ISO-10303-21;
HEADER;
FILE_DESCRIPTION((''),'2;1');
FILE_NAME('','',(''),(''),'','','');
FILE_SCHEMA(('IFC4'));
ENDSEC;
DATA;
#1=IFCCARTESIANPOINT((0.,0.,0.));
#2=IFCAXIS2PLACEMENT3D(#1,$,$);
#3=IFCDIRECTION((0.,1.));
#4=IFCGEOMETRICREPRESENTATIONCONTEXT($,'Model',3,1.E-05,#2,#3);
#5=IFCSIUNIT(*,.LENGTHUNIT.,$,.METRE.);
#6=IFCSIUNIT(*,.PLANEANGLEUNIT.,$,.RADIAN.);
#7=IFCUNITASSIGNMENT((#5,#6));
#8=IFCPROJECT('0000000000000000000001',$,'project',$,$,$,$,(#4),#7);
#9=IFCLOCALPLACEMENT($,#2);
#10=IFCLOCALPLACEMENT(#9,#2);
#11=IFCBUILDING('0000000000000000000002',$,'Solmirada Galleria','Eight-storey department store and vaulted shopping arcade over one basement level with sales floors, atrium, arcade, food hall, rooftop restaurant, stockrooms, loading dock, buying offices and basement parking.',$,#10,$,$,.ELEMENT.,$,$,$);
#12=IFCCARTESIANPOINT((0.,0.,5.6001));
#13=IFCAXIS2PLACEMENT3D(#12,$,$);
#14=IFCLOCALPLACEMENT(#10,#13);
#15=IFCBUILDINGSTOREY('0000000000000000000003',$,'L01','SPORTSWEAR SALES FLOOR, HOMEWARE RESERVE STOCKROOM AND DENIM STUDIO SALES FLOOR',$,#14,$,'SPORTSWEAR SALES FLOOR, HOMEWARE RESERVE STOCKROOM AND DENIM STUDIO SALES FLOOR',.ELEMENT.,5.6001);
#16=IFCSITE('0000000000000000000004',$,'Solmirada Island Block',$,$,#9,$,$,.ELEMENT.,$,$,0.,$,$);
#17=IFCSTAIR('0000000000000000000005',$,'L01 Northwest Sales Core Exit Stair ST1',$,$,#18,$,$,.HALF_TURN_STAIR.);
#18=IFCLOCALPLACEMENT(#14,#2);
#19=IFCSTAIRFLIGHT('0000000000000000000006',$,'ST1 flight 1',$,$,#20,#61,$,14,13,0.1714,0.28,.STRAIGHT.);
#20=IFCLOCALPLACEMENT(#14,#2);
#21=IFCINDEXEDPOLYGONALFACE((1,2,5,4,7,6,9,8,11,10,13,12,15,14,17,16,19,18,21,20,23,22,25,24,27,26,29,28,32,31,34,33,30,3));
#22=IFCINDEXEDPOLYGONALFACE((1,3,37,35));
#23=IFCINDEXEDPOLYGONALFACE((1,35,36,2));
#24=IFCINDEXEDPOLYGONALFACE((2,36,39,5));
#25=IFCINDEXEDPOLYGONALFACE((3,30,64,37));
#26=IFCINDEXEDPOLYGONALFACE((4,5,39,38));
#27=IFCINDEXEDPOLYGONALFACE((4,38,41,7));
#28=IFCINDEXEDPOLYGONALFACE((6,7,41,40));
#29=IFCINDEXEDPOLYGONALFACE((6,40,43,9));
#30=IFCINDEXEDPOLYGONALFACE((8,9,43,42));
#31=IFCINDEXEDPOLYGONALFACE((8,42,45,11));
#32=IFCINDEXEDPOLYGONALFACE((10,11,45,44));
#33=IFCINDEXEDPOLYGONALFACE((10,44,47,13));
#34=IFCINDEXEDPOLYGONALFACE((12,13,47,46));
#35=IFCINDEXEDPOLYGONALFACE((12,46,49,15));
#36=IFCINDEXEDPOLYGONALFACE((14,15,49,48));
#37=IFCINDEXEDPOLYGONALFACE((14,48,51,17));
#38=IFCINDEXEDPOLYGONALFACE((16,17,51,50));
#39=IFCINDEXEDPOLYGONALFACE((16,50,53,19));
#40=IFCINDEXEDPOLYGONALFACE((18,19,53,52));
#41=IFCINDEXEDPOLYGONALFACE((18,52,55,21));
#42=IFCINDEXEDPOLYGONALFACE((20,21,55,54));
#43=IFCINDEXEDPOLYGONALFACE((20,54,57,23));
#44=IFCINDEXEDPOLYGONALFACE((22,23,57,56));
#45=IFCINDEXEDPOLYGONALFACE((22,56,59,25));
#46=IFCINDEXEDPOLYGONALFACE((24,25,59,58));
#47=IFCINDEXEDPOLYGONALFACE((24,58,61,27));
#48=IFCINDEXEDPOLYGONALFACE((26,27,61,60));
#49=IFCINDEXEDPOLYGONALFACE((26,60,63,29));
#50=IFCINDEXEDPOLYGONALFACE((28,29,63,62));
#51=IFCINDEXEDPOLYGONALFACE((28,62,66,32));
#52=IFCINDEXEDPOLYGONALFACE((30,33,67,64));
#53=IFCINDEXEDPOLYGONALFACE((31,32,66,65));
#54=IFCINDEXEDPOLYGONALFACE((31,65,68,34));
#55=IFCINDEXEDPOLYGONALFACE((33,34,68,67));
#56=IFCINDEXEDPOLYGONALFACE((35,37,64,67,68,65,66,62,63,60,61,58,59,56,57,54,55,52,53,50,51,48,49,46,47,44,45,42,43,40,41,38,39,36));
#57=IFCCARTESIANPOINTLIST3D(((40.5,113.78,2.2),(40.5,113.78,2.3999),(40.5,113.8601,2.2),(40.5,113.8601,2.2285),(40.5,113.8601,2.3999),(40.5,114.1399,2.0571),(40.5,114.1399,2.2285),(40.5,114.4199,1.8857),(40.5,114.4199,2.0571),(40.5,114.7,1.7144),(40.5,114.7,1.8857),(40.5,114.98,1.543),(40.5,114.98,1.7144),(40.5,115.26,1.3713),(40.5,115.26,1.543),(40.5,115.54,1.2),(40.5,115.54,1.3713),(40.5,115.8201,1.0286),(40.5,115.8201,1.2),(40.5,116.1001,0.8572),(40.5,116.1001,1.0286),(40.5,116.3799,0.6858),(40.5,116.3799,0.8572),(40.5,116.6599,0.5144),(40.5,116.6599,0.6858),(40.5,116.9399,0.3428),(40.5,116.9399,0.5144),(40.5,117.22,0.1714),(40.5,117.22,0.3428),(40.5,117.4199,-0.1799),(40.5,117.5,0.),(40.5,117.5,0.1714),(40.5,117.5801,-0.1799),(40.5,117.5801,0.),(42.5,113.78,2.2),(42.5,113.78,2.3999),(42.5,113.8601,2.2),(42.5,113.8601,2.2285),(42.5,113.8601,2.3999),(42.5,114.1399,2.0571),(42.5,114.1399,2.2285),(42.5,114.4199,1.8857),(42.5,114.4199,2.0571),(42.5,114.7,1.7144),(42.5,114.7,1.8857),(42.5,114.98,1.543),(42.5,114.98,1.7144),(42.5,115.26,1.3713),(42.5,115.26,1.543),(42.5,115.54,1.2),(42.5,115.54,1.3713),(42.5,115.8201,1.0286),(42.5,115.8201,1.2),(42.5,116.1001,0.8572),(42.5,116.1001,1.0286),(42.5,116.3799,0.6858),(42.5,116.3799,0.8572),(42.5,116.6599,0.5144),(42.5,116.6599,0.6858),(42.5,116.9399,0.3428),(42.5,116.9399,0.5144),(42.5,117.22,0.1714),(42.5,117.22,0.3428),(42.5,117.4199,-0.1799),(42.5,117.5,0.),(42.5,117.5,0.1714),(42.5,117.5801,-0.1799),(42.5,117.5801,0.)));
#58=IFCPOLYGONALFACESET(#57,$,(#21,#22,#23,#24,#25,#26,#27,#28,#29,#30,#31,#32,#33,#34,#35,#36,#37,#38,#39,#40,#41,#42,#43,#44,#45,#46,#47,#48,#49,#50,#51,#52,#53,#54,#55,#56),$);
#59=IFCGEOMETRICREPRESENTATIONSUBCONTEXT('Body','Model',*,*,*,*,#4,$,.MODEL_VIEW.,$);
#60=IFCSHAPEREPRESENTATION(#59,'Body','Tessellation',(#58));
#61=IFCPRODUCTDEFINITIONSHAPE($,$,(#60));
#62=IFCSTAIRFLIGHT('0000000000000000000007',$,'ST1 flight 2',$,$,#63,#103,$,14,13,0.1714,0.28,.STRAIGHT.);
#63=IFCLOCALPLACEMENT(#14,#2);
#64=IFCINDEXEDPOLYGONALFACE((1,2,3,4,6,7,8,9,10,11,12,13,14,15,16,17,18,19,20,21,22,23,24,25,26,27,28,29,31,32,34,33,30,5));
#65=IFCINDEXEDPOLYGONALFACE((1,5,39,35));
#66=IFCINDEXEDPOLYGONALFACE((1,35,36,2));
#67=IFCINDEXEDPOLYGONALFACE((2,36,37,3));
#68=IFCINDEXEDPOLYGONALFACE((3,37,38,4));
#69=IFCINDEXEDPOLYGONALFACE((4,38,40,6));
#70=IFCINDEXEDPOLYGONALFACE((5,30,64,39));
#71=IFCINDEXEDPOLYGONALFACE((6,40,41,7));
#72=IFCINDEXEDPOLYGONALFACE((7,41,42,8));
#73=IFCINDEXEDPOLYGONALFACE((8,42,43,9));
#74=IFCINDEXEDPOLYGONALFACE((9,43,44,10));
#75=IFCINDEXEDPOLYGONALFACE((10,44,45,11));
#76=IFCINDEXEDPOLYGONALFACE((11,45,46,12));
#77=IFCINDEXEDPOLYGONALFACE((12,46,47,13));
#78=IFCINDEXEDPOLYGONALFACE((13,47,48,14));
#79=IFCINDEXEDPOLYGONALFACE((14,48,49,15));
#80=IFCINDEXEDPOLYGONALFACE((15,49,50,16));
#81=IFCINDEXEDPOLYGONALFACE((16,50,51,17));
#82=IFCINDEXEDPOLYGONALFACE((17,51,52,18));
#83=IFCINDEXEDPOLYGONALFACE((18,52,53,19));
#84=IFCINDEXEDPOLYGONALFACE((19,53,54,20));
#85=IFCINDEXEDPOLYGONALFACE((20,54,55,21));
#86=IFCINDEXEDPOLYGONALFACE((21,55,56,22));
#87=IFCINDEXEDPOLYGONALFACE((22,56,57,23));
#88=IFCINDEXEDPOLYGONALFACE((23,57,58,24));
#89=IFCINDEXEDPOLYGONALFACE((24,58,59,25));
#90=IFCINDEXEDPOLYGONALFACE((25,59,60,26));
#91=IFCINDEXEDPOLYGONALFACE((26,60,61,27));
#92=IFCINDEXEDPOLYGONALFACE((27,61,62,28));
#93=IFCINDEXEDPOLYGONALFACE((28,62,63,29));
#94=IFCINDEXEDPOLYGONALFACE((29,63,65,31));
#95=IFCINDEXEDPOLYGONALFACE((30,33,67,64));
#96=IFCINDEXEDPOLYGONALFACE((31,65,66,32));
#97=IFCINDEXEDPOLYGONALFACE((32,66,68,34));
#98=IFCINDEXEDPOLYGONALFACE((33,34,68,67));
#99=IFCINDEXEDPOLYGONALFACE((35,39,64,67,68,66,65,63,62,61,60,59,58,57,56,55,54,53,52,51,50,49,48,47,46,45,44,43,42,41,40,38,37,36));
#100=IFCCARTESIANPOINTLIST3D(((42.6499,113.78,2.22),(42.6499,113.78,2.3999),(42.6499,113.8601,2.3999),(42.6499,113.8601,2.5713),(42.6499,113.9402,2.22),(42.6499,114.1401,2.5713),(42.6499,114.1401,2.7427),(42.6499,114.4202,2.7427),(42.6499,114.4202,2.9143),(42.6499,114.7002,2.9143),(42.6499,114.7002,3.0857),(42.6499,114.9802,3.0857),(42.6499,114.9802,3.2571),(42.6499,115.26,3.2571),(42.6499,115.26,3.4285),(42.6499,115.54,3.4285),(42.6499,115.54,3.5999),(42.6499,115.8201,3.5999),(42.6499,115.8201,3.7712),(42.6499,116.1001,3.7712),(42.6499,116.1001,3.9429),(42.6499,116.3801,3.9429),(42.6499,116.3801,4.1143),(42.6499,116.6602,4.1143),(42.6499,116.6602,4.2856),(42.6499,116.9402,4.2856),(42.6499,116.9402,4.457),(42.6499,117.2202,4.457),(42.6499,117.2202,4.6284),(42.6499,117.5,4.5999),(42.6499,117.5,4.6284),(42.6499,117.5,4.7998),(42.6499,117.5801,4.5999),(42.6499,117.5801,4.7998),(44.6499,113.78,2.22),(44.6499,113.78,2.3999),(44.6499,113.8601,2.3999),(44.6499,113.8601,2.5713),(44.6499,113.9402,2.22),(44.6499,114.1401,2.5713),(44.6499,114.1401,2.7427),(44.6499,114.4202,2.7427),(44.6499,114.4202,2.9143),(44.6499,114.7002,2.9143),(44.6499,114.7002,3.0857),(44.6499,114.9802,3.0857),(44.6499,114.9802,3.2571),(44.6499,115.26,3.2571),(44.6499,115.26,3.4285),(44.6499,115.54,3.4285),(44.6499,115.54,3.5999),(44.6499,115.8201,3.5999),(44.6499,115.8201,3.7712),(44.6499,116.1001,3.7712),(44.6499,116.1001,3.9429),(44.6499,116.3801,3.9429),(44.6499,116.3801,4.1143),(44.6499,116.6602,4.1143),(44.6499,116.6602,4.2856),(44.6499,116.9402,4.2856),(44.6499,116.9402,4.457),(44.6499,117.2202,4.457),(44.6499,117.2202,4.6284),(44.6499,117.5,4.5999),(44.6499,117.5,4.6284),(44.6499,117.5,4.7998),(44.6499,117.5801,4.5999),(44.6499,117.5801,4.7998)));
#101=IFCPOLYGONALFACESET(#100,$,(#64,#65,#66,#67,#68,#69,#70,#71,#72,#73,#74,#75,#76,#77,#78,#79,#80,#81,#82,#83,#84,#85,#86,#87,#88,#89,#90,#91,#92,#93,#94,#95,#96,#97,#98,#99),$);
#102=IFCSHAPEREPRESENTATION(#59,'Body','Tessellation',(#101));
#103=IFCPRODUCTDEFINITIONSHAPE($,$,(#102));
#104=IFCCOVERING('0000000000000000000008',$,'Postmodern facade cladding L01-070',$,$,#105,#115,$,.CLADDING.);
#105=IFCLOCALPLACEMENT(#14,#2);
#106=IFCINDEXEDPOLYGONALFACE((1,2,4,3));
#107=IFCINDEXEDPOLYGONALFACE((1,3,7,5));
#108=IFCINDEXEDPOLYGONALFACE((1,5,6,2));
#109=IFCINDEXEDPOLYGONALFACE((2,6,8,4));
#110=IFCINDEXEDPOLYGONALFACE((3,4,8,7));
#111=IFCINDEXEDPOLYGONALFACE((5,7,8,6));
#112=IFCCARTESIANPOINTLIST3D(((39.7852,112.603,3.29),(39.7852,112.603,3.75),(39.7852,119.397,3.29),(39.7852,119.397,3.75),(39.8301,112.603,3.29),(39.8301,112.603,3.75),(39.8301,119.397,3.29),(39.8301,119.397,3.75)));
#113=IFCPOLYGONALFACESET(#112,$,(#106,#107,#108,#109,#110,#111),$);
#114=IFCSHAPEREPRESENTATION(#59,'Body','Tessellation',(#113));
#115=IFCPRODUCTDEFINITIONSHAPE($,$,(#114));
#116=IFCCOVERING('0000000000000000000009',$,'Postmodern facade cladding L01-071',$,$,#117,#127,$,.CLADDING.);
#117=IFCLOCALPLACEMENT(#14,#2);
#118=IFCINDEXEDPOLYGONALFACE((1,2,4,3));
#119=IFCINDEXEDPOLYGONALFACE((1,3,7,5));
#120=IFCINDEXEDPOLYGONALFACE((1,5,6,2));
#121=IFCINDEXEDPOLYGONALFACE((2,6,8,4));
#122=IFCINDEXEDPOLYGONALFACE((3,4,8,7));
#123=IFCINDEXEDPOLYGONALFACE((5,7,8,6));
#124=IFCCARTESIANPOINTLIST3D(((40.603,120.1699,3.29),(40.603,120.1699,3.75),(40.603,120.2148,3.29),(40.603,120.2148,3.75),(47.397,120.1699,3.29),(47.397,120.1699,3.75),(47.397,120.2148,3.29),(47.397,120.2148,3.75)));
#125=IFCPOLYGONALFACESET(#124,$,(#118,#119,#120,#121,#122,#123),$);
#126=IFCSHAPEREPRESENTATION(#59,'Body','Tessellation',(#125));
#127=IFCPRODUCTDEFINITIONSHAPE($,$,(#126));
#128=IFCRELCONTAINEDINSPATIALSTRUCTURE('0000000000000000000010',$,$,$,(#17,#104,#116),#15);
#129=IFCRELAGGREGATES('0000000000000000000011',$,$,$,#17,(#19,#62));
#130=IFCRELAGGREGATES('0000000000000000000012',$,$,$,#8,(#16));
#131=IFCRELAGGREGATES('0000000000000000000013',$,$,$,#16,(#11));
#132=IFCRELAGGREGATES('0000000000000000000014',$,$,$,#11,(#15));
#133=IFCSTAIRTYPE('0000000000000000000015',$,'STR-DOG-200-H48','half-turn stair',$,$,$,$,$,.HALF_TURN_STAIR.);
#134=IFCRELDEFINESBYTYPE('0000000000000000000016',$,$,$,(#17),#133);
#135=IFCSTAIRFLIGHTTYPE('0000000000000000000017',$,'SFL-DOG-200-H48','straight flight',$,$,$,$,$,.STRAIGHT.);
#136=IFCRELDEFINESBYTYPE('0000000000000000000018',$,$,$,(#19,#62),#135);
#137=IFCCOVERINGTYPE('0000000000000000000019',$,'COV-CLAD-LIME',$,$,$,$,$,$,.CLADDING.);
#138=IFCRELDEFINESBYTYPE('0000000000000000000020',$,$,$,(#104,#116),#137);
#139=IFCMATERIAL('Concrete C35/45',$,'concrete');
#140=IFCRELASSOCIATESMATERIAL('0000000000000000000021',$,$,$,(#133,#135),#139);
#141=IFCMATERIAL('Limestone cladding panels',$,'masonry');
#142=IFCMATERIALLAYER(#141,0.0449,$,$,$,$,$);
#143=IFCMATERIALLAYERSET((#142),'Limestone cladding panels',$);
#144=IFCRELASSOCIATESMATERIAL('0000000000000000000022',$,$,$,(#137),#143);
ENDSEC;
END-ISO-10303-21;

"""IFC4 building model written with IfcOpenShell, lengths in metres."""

from ifc_helpers import new_model, si_unit, direction, frame, origin, origin_2d, place, context, subcontext, project, spatial, polyline, rectangle, outline, extrude, material, layer, layer_set, type_object, element, aggregate, save


model = new_model("IFC4")

# Units and contexts
model_context = context("Model", 3, precision=1e-05, world=origin(), true_north=direction((0.0, 1.0)))
body_context = subcontext(model_context, "Body", "Model", "MODEL_VIEW")
ifc_project = project(units=[si_unit("LENGTHUNIT", "METRE"), si_unit("PLANEANGLEUNIT", "RADIAN")], contexts=[model_context])

# Site, building, storey
site_placement = place(None, origin())
site = spatial("IfcSite", under=ifc_project, at=site_placement, Name="Solmirada Island Block", CompositionType="ELEMENT", RefElevation=0.0)
building_placement = place(site_placement, origin())
building = spatial("IfcBuilding", under=site, at=building_placement, Name="Solmirada Galleria", Description="Eight-storey department store and vaulted shopping arcade over one basement level with sales floors, atrium, arcade, food hall, rooftop restaurant, stockrooms, loading dock, buying offices and basement parking.", CompositionType="ELEMENT")
storey_placement = place(building_placement, frame((0.0, 0.0, 5.6001)))
storey = spatial("IfcBuildingStorey", under=building, at=storey_placement, Name="L01", Description="SPORTSWEAR SALES FLOOR, HOMEWARE RESERVE STOCKROOM AND DENIM STUDIO SALES FLOOR", LongName="SPORTSWEAR SALES FLOOR, HOMEWARE RESERVE STOCKROOM AND DENIM STUDIO SALES FLOOR", CompositionType="ELEMENT", Elevation=5.6001)

# Stair, stair flights
ifc_material_1 = material(Name="Concrete C35/45", Category="concrete")
stair_type = type_object("IfcStairType", Name="STR-DOG-200-H48", Description="half-turn stair", PredefinedType="HALF_TURN_STAIR", material=ifc_material_1)
stair_placement = place(storey_placement, origin())
stair = element("IfcStair", 1, at=stair_placement, inside=storey, type_object=stair_type, Name="L01 Northwest Sales Core Exit Stair ST1", PredefinedType="HALF_TURN_STAIR")
stair_flight_type = type_object("IfcStairFlightType", Name="SFL-DOG-200-H48", Description="straight flight", PredefinedType="STRAIGHT", material=ifc_material_1)
stair_flight_1_placement = place(storey_placement, frame((41.5, 117.5, 0.0), z_axis=(0.0, 0.0, 1.0), x_axis=(0.0, -1.0, 0.0)))
stair_flight_1 = element("IfcStairFlight", 2, at=stair_flight_1_placement, type_object=stair_flight_type, Name="ST1 flight 1", NumberOfRisers=14, NumberOfTreads=13, PredefinedType="STRAIGHT", RiserHeight=0.1714, TreadLength=0.28, context=body_context, shape_type="SweptSolid", body=[
    extrude(outline(polyline([(-0.0801, 0.0), (0.0, 0.0), (0.0, 0.1714), (0.28, 0.1714), (0.28, 0.3428), (0.5601, 0.3428), (0.5601, 0.5144), (0.8401, 0.5144), (0.8401, 0.6858), (1.1201, 0.6858), (1.1201, 0.8572), (1.3999, 0.8572), (1.3999, 1.0286), (1.6799, 1.0286), (1.6799, 1.2), (1.96, 1.2), (1.96, 1.3713), (2.24, 1.3713), (2.24, 1.543), (2.52, 1.543), (2.52, 1.7144), (2.8, 1.7144), (2.8, 1.8857), (3.0801, 1.8857), (3.0801, 2.0571), (3.3601, 2.0571), (3.3601, 2.2285), (3.6399, 2.2285), (3.6399, 2.3999), (3.72, 2.3999), (3.72, 2.2), (3.6399, 2.2), (0.0801, -0.1799), (-0.0801, -0.1799), (-0.0801, 0.0)])), frame((0.0, 1.0, 0.0), z_axis=(0.0, -1.0, 0.0), x_axis=(1.0, 0.0, 0.0)), (0.0, 0.0, 1.0), 2.0),
])
stair_flight_2_placement = place(storey_placement, frame((43.6499, 113.8601, 2.3999), z_axis=(0.0, 0.0, 1.0), x_axis=(0.0, 1.0, 0.0)))
stair_flight_2 = element("IfcStairFlight", 3, at=stair_flight_2_placement, type_object=stair_flight_type, Name="ST1 flight 2", NumberOfRisers=14, NumberOfTreads=13, PredefinedType="STRAIGHT", RiserHeight=0.1714, TreadLength=0.28, context=body_context, shape_type="SweptSolid", body=[
    extrude(outline(polyline([(-0.0801, 0.0), (0.0, 0.0), (0.0, 0.1714), (0.28, 0.1714), (0.28, 0.3428), (0.5601, 0.3428), (0.5601, 0.5144), (0.8401, 0.5144), (0.8401, 0.6858), (1.1201, 0.6858), (1.1201, 0.8572), (1.3999, 0.8572), (1.3999, 1.0286), (1.6799, 1.0286), (1.6799, 1.2), (1.96, 1.2), (1.96, 1.3713), (2.24, 1.3713), (2.24, 1.543), (2.52, 1.543), (2.52, 1.7144), (2.8, 1.7144), (2.8, 1.8857), (3.0801, 1.8857), (3.0801, 2.0571), (3.3601, 2.0571), (3.3601, 2.2285), (3.6399, 2.2285), (3.6399, 2.3999), (3.72, 2.3999), (3.72, 2.2), (3.6399, 2.2), (0.0801, -0.1799), (-0.0801, -0.1799), (-0.0801, 0.0)])), frame((0.0, 1.0, 0.0), z_axis=(0.0, -1.0, 0.0), x_axis=(1.0, 0.0, 0.0)), (0.0, 0.0, 1.0), 2.0),
])
aggregate(stair, [stair_flight_1, stair_flight_2])

# Coverings
ifc_material_2 = material(Name="Limestone cladding panels", Category="masonry")
ifc_layer_1 = layer(ifc_material_2, 0.0449)
ifc_layer_set_1 = layer_set([ifc_layer_1], Name="Limestone cladding panels")
covering_type = type_object("IfcCoveringType", Name="COV-CLAD-LIME", PredefinedType="CLADDING", material=ifc_layer_set_1)
for number, where, z_axis, x_axis, name in (
    (4, (39.8076, 116.0, 3.29), (0.0, 0.0, 1.0), (0.0, 1.0, 0.0), "Postmodern facade cladding L01-070"),
    (5, (44.0, 120.1924, 3.29), (0.0, 0.0, 1.0), (1.0, 0.0, 0.0), "Postmodern facade cladding L01-071"),
):
    element("IfcCovering", number, at=place(storey_placement, frame(where, z_axis=z_axis, x_axis=x_axis)), inside=storey, type_object=covering_type, Name=name, PredefinedType="CLADDING", context=body_context, shape_type="SweptSolid", body=[
        extrude(rectangle(XDim=6.7939, YDim=0.0449, at=origin_2d()), origin(), (0.0, 0.0, 1.0), 0.46),
    ])

save(model, "model.ifc")
